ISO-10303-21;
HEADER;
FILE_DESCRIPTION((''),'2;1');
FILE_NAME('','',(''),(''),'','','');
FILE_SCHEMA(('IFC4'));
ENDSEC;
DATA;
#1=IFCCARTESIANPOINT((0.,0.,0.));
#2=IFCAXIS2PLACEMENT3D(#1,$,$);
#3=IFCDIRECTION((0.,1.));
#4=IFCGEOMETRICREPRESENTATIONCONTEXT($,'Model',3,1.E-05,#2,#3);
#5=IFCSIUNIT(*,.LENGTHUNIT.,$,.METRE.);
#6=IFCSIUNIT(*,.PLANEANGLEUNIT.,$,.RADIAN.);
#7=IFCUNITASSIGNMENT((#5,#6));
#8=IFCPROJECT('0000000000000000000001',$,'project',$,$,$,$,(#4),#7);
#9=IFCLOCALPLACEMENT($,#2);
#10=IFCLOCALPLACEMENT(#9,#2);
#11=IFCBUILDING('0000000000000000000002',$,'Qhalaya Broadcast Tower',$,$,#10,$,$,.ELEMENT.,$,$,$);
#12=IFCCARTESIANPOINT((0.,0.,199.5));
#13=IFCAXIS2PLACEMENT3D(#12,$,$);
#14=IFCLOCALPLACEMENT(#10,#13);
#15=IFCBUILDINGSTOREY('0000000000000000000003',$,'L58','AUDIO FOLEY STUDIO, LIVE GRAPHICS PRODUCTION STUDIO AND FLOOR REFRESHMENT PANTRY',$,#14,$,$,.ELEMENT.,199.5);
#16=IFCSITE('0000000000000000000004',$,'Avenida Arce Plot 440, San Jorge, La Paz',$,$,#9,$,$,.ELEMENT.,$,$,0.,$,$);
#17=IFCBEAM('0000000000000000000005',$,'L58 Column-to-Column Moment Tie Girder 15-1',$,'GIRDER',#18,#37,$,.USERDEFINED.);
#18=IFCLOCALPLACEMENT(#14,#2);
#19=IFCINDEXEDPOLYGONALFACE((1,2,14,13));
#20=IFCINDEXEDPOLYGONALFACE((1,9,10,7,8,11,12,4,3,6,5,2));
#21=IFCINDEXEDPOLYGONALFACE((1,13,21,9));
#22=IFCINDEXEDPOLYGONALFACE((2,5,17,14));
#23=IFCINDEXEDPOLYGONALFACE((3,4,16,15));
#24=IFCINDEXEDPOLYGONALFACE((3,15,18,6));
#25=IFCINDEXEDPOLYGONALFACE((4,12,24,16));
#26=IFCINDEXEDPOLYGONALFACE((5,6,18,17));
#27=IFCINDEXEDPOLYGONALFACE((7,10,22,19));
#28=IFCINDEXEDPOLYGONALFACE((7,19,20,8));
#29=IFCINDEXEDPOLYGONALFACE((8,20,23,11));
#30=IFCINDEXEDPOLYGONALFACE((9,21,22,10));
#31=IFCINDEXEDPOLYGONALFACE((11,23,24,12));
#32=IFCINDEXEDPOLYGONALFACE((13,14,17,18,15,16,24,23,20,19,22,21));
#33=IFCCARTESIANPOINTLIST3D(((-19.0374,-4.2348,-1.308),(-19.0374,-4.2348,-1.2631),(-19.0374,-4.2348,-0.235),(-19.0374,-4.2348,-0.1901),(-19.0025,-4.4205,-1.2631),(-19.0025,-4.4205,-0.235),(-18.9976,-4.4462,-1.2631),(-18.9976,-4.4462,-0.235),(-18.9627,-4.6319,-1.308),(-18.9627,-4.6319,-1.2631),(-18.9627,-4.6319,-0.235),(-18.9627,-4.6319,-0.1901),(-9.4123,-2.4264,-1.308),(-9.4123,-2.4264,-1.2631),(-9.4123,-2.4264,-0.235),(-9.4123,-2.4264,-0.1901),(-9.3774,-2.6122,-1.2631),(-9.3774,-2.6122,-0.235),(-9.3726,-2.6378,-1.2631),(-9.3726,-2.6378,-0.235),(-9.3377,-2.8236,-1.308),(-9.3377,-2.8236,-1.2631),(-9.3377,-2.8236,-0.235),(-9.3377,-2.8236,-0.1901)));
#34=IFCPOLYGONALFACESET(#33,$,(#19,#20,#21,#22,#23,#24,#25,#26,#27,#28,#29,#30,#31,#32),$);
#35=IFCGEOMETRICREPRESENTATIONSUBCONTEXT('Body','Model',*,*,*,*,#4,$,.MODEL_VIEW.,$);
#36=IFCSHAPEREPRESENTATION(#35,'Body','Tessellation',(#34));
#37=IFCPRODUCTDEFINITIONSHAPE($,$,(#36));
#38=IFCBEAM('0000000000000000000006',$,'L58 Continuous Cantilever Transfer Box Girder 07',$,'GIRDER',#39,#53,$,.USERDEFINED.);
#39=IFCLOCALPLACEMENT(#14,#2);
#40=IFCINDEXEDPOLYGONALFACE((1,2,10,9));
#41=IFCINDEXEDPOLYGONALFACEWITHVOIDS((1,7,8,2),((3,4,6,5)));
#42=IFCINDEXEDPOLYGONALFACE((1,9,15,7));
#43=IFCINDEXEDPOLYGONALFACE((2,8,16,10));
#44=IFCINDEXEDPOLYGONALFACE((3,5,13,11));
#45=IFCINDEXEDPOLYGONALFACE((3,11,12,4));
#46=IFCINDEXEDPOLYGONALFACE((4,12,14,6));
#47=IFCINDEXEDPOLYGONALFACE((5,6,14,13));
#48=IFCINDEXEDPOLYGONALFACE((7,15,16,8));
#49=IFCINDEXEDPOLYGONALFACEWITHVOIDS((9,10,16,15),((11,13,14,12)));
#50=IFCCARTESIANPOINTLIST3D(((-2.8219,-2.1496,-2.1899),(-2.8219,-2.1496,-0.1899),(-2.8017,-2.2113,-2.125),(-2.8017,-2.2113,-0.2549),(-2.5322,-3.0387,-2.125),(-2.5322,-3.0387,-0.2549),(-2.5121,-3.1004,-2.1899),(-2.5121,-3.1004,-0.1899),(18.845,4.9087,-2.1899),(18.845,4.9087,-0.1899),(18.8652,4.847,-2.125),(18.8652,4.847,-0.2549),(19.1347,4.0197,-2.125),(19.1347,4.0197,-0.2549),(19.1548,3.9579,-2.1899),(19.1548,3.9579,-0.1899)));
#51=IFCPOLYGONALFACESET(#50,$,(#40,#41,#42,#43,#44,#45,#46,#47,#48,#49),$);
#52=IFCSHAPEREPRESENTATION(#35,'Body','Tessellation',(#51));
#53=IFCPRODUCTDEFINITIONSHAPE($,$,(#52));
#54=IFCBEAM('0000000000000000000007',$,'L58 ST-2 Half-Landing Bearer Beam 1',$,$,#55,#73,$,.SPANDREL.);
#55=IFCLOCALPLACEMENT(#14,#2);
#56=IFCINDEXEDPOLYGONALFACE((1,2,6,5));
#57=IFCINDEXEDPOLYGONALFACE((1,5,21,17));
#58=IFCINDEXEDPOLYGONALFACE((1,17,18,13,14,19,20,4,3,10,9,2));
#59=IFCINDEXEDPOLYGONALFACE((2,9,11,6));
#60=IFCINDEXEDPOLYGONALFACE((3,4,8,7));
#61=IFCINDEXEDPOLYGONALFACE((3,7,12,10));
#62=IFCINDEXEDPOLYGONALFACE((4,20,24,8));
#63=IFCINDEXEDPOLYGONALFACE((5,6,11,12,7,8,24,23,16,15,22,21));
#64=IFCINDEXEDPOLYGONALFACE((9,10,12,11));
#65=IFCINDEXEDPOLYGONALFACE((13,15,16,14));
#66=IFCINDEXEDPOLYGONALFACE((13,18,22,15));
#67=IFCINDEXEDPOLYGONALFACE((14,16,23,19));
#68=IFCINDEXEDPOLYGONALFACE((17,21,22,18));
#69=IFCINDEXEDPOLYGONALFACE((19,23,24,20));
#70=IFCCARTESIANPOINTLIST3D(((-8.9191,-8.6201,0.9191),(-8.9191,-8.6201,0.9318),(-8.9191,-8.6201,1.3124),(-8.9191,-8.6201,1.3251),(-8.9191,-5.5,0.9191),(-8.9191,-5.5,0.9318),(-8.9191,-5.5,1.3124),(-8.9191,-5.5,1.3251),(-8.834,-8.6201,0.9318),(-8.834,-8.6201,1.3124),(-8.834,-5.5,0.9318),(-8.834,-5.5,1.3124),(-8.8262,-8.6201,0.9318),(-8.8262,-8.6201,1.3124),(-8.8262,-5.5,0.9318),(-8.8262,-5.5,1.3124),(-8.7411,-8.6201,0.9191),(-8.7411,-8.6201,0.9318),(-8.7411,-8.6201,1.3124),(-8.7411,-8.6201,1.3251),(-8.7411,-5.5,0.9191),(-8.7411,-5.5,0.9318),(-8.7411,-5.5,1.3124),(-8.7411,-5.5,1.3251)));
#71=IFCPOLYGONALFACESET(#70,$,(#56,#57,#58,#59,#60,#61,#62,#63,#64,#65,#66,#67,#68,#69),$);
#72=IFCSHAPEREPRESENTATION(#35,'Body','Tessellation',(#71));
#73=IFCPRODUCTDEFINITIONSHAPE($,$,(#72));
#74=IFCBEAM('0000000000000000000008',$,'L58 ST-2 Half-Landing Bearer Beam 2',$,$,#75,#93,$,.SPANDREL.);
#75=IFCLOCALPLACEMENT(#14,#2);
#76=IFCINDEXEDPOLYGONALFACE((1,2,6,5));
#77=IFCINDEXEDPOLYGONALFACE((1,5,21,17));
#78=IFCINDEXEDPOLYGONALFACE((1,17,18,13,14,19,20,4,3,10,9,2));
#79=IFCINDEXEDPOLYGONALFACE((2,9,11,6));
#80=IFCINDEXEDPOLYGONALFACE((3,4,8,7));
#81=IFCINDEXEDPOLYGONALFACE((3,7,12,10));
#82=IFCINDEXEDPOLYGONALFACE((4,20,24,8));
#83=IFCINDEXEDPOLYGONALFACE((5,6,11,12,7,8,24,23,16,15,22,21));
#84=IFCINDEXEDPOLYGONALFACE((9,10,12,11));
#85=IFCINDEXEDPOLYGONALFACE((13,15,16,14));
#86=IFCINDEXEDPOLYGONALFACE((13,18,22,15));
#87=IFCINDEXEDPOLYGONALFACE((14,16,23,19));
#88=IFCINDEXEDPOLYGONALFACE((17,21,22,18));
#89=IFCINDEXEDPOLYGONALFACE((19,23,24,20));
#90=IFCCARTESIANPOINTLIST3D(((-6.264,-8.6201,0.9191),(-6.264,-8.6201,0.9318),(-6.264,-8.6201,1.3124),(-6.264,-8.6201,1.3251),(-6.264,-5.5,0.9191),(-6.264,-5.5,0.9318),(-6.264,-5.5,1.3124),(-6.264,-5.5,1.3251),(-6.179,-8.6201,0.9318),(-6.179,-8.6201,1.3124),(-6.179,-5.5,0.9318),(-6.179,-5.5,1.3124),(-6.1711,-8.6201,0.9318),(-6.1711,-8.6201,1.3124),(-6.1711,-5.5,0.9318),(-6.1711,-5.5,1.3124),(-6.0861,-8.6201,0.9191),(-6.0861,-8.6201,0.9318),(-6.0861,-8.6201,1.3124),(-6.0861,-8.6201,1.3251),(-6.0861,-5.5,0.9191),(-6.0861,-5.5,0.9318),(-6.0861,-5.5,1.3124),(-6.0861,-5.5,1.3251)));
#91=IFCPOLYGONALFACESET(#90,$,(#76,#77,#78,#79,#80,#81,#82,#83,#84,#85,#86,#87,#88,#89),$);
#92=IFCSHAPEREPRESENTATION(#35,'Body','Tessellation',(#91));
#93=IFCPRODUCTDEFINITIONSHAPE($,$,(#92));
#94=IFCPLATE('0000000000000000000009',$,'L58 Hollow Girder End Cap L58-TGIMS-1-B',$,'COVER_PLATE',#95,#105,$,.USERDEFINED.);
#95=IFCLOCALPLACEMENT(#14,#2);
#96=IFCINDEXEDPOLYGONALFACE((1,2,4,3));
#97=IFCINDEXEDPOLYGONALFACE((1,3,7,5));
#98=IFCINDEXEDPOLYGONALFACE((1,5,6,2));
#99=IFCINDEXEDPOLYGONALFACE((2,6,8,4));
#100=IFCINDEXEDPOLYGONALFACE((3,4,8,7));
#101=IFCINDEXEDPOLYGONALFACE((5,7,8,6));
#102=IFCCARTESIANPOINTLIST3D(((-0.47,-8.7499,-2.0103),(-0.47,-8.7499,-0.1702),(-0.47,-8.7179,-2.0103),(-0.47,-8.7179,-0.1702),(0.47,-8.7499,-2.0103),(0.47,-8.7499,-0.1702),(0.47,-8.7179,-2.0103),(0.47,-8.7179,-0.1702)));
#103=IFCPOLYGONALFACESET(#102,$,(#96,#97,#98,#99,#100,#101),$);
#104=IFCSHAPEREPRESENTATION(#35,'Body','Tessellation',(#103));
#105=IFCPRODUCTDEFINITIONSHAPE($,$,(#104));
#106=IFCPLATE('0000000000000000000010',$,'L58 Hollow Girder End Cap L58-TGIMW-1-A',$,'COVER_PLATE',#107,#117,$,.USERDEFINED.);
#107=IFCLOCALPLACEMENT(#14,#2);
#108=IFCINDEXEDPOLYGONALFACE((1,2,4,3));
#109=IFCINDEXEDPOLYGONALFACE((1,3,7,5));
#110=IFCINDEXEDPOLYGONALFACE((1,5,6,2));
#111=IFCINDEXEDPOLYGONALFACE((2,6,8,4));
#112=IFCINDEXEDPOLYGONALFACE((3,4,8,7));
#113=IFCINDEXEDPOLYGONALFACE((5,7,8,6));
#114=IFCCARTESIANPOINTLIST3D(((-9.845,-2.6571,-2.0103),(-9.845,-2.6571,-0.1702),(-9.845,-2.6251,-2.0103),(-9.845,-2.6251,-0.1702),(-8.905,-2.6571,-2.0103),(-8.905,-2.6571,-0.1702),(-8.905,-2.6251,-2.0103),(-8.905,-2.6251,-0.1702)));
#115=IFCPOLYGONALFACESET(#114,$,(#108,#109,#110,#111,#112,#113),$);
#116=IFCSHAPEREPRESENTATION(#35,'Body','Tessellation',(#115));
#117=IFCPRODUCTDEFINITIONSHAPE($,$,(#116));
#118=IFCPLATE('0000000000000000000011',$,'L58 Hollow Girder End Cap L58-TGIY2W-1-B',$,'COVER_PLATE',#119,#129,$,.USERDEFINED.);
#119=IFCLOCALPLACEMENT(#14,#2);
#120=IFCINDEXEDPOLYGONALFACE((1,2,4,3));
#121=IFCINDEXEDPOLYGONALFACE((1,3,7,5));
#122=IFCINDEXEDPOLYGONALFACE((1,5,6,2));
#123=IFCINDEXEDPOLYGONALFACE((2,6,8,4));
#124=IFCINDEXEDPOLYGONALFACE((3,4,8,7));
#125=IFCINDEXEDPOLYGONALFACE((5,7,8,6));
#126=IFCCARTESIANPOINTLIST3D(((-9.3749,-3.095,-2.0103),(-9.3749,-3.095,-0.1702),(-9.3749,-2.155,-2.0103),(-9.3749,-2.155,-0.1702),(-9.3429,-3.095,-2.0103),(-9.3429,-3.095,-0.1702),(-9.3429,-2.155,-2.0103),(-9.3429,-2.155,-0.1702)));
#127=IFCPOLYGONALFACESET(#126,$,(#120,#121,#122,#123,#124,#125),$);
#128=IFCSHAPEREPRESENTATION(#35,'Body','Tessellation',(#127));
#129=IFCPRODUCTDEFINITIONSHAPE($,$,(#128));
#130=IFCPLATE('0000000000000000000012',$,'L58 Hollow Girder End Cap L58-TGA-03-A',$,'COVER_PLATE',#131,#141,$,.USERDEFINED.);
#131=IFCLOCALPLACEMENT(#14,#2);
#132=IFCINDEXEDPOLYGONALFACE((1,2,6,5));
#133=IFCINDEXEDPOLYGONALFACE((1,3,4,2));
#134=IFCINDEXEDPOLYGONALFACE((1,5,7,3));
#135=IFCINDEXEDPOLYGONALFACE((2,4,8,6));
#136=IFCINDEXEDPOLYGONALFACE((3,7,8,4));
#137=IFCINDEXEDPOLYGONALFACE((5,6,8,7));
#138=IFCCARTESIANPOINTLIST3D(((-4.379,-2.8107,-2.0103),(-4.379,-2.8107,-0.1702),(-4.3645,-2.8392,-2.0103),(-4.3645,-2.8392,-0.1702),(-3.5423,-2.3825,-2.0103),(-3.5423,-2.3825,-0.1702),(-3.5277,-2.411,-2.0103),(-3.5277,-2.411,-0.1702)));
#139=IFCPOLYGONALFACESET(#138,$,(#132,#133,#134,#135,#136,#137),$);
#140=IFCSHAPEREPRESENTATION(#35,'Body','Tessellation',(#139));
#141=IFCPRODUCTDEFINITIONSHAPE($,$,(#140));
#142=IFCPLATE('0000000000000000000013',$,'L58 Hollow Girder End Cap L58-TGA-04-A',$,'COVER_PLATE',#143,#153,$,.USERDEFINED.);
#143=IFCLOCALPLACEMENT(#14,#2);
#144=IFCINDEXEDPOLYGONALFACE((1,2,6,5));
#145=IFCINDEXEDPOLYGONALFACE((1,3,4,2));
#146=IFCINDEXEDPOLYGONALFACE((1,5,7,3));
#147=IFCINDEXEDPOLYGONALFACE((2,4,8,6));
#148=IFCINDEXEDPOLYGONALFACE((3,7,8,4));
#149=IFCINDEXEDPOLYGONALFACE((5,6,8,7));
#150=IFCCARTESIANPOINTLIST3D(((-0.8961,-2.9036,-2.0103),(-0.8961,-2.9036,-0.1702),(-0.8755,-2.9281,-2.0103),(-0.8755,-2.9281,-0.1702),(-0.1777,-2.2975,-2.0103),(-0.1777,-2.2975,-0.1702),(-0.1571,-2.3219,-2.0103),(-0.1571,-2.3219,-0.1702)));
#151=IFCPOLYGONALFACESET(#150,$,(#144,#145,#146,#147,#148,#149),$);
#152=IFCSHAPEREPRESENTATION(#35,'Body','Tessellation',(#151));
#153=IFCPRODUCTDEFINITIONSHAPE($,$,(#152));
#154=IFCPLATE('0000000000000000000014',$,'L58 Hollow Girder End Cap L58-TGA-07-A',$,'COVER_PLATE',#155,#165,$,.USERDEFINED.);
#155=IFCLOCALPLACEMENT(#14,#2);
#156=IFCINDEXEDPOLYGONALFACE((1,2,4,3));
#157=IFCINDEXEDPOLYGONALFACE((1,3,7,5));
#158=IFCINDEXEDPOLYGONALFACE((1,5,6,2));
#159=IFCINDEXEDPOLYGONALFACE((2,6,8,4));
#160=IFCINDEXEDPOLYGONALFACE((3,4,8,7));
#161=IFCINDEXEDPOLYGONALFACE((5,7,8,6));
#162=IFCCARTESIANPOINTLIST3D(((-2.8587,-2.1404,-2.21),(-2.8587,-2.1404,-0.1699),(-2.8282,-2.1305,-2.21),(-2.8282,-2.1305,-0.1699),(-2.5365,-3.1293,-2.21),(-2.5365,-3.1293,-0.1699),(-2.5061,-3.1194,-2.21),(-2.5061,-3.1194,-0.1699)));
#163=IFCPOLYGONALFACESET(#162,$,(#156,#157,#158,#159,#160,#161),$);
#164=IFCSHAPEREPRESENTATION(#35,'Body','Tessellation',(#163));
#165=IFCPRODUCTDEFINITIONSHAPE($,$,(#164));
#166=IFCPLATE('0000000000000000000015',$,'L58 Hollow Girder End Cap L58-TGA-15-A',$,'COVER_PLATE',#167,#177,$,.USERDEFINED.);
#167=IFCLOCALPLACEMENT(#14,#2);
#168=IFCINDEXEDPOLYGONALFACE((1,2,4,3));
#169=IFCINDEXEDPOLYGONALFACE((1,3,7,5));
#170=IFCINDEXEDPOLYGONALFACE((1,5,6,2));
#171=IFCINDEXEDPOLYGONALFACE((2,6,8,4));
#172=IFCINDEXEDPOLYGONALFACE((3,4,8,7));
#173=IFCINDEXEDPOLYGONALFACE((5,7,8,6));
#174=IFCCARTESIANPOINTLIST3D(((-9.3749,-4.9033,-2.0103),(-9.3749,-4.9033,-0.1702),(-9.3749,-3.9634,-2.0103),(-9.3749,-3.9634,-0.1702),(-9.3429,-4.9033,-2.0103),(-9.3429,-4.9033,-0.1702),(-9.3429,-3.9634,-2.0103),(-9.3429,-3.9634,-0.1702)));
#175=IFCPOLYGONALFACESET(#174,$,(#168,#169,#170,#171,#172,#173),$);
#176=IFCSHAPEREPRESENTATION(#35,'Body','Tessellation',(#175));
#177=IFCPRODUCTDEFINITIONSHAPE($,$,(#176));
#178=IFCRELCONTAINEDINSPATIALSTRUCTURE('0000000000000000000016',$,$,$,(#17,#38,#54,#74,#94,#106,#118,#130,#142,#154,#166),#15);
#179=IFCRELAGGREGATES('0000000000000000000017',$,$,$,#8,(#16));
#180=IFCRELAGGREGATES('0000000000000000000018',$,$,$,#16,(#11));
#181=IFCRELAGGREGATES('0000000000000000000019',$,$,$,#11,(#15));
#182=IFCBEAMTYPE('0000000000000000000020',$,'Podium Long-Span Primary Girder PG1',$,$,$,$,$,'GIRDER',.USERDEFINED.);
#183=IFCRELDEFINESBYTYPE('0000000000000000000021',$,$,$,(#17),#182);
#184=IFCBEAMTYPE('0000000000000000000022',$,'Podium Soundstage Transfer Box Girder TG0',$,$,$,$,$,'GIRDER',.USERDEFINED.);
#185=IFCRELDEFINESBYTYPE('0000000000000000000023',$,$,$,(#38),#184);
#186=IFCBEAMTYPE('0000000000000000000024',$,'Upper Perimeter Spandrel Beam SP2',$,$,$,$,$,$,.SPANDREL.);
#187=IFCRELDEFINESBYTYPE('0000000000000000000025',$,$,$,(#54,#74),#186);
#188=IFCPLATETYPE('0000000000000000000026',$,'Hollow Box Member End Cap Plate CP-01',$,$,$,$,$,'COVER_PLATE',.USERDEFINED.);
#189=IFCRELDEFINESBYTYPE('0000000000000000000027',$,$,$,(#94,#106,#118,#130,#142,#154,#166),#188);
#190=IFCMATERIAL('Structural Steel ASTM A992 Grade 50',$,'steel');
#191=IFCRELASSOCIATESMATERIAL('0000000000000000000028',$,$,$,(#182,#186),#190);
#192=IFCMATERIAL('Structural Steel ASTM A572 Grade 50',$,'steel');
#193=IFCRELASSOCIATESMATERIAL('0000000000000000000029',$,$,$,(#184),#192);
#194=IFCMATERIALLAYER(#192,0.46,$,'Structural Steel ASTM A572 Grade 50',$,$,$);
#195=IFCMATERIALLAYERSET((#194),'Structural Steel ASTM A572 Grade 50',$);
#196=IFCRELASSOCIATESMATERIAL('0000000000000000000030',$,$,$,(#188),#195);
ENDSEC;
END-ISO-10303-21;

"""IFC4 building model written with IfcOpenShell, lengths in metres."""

from ifc_helpers import new_model, si_unit, direction, frame, origin, origin_2d, place, context, subcontext, project, spatial, rectangle, hollow_rectangle, i_section, extrude, material, layer, layer_set, material_profile, profile_set, type_object, element, save


model = new_model("IFC4")

# Units and contexts
model_context = context("Model", 3, precision=1e-05, world=origin(), true_north=direction((0.0, 1.0)))
body_context = subcontext(model_context, "Body", "Model", "MODEL_VIEW")
ifc_project = project(units=[si_unit("LENGTHUNIT", "METRE"), si_unit("PLANEANGLEUNIT", "RADIAN")], contexts=[model_context])

# Site, building, storey
site_placement = place(None, origin())
site = spatial("IfcSite", under=ifc_project, at=site_placement, Name="Avenida Arce Plot 440, San Jorge, La Paz", CompositionType="ELEMENT", RefElevation=0.0)
building_placement = place(site_placement, origin())
building = spatial("IfcBuilding", under=site, at=building_placement, Name="Qhalaya Broadcast Tower", CompositionType="ELEMENT")
storey_placement = place(building_placement, frame((0.0, 0.0, 199.5)))
storey = spatial("IfcBuildingStorey", under=building, at=storey_placement, Name="L58", Description="AUDIO FOLEY STUDIO, LIVE GRAPHICS PRODUCTION STUDIO AND FLOOR REFRESHMENT PANTRY", CompositionType="ELEMENT", Elevation=199.5)

# Beams
ifc_material_1 = material(Name="Structural Steel ASTM A572 Grade 50", Category="steel")
ifc_material_2 = material(Name="Structural Steel ASTM A992 Grade 50", Category="steel")
ifc_material_profile_1 = material_profile(ifc_material_2, i_section(OverallWidth=0.4041, OverallDepth=1.1179, WebThickness=0.0261, FlangeThickness=0.0449, at=origin_2d()), Name="W44X335")
ifc_profile_set_1 = profile_set([ifc_material_profile_1], Name="Structural Steel ASTM A992 Grade 50")
beam_type_1 = type_object("IfcBeamType", Name="Podium Long-Span Primary Girder PG1", ElementType="GIRDER", PredefinedType="USERDEFINED", material=ifc_profile_set_1)
beam_1_placement = place(storey_placement, frame((-9.375, -2.625, -0.749), z_axis=(-0.982804, -0.18465, 0.0), x_axis=(0.18465, -0.982804, 0.0)))
element("IfcBeam", 1, at=beam_1_placement, inside=storey, type_object=beam_type_1, Name="L58 Column-to-Column Moment Tie Girder 15-1", ObjectType="GIRDER", PredefinedType="USERDEFINED", context=body_context, shape_type="SweptSolid", body=[
    extrude(i_section(OverallWidth=0.4041, OverallDepth=1.1179, WebThickness=0.0261, FlangeThickness=0.0449, at=origin_2d()), origin(), (0.0, 0.0, 1.0), 9.7935),
])
ifc_material_profile_2 = material_profile(ifc_material_1, hollow_rectangle(XDim=1.0, YDim=2.0, WallThickness=0.0649, at=origin_2d()), Name="BOX 1000x2000x65")
ifc_profile_set_2 = profile_set([ifc_material_profile_2], Name="Structural Steel ASTM A572 Grade 50")
beam_type_2 = type_object("IfcBeamType", Name="Podium Soundstage Transfer Box Girder TG0", ElementType="GIRDER", PredefinedType="USERDEFINED", material=ifc_profile_set_2)
beam_2_placement = place(storey_placement, frame((-2.667, -2.625, -1.1899), z_axis=(0.95082, 0.309744, 0.0), x_axis=(-0.309744, 0.95082, 0.0)))
element("IfcBeam", 2, at=beam_2_placement, inside=storey, type_object=beam_type_2, Name="L58 Continuous Cantilever Transfer Box Girder 07", ObjectType="GIRDER", PredefinedType="USERDEFINED", context=body_context, shape_type="SweptSolid", body=[
    extrude(hollow_rectangle(XDim=1.0, YDim=2.0, WallThickness=0.0649, at=origin_2d()), origin(), (0.0, 0.0, 1.0), 22.7876),
])
ifc_material_profile_3 = material_profile(ifc_material_2, i_section(OverallWidth=0.178, OverallDepth=0.406, WebThickness=0.0078, FlangeThickness=0.0127, at=origin_2d()), Name="W16X40")
ifc_profile_set_3 = profile_set([ifc_material_profile_3], Name="Structural Steel ASTM A992 Grade 50")
beam_type_3 = type_object("IfcBeamType", Name="Upper Perimeter Spandrel Beam SP2", PredefinedType="SPANDREL", material=ifc_profile_set_3)
for number, where, z_axis, x_axis, name in (
    (3, (-8.8301, -8.6201, 1.1221), (0.0, 1.0, 0.0), (-1.0, 0.0, 0.0), "L58 ST-2 Half-Landing Bearer Beam 1"),
    (4, (-6.175, -8.6201, 1.1221), (0.0, 1.0, 0.0), (-1.0, 0.0, 0.0), "L58 ST-2 Half-Landing Bearer Beam 2"),
):
    element("IfcBeam", number, at=place(storey_placement, frame(where, z_axis=z_axis, x_axis=x_axis)), inside=storey, type_object=beam_type_3, Name=name, PredefinedType="SPANDREL", context=body_context, shape_type="SweptSolid", body=[
        extrude(i_section(OverallWidth=0.178, OverallDepth=0.406, WebThickness=0.0078, FlangeThickness=0.0127, at=origin_2d()), origin(), (0.0, 0.0, 1.0), 3.1201),
    ])

# Plates
ifc_layer_1 = layer(ifc_material_1, 0.46, Name="Structural Steel ASTM A572 Grade 50")
ifc_layer_set_1 = layer_set([ifc_layer_1], Name="Structural Steel ASTM A572 Grade 50")
plate_type = type_object("IfcPlateType", Name="Hollow Box Member End Cap Plate CP-01", ElementType="COVER_PLATE", PredefinedType="USERDEFINED", material=ifc_layer_set_1)
for number, where, z_axis, x_axis, name in (
    (5, (0.0, -8.7339, -2.0103), (0.0, 0.0, 1.0), (-1.0, 0.0, 0.0), "L58 Hollow Girder End Cap L58-TGIMS-1-B"),
    (6, (-9.375, -2.6411, -2.0103), (0.0, 0.0, 1.0), (-1.0, 0.0, 0.0), "L58 Hollow Girder End Cap L58-TGIMW-1-A"),
    (7, (-9.3589, -2.625, -2.0103), (0.0, 0.0, 1.0), (0.0, 1.0, 0.0), "L58 Hollow Girder End Cap L58-TGIY2W-1-B"),
    (8, (-3.9534, -2.6108, -2.0103), (0.0, 0.0, 1.0), (0.890213, 0.455545, 0.0), "L58 Hollow Girder End Cap L58-TGA-03-A"),
    (9, (-0.5266, -2.6128, -2.0103), (0.0, 0.0, 1.0), (0.764291, 0.644871, 0.0), "L58 Hollow Girder End Cap L58-TGA-04-A"),
):
    element("IfcPlate", number, at=place(storey_placement, frame(where, z_axis=z_axis, x_axis=x_axis)), inside=storey, type_object=plate_type, Name=name, ObjectType="COVER_PLATE", PredefinedType="USERDEFINED", context=body_context, shape_type="SweptSolid", body=[
        extrude(rectangle(XDim=0.9399, YDim=0.032, at=origin_2d()), origin(), (0.0, 0.0, 1.0), 1.8401),
    ])
plate_1_placement = place(storey_placement, frame((-2.6824, -2.6299, -2.21), z_axis=(0.0, 0.0, 1.0), x_axis=(-0.309747, 0.950819, 0.0)))
element("IfcPlate", 10, at=plate_1_placement, inside=storey, type_object=plate_type, Name="L58 Hollow Girder End Cap L58-TGA-07-A", ObjectType="COVER_PLATE", PredefinedType="USERDEFINED", context=body_context, shape_type="SweptSolid", body=[
    extrude(rectangle(XDim=1.04, YDim=0.032, at=origin_2d()), origin(), (0.0, 0.0, 1.0), 2.04),
])
plate_2_placement = place(storey_placement, frame((-9.3589, -4.4333, -2.0103), z_axis=(0.0, 0.0, 1.0), x_axis=(0.0, -1.0, 0.0)))
element("IfcPlate", 11, at=plate_2_placement, inside=storey, type_object=plate_type, Name="L58 Hollow Girder End Cap L58-TGA-15-A", ObjectType="COVER_PLATE", PredefinedType="USERDEFINED", context=body_context, shape_type="SweptSolid", body=[
    extrude(rectangle(XDim=0.9399, YDim=0.032, at=origin_2d()), origin(), (0.0, 0.0, 1.0), 1.8401),
])

save(model, "model.ifc")
